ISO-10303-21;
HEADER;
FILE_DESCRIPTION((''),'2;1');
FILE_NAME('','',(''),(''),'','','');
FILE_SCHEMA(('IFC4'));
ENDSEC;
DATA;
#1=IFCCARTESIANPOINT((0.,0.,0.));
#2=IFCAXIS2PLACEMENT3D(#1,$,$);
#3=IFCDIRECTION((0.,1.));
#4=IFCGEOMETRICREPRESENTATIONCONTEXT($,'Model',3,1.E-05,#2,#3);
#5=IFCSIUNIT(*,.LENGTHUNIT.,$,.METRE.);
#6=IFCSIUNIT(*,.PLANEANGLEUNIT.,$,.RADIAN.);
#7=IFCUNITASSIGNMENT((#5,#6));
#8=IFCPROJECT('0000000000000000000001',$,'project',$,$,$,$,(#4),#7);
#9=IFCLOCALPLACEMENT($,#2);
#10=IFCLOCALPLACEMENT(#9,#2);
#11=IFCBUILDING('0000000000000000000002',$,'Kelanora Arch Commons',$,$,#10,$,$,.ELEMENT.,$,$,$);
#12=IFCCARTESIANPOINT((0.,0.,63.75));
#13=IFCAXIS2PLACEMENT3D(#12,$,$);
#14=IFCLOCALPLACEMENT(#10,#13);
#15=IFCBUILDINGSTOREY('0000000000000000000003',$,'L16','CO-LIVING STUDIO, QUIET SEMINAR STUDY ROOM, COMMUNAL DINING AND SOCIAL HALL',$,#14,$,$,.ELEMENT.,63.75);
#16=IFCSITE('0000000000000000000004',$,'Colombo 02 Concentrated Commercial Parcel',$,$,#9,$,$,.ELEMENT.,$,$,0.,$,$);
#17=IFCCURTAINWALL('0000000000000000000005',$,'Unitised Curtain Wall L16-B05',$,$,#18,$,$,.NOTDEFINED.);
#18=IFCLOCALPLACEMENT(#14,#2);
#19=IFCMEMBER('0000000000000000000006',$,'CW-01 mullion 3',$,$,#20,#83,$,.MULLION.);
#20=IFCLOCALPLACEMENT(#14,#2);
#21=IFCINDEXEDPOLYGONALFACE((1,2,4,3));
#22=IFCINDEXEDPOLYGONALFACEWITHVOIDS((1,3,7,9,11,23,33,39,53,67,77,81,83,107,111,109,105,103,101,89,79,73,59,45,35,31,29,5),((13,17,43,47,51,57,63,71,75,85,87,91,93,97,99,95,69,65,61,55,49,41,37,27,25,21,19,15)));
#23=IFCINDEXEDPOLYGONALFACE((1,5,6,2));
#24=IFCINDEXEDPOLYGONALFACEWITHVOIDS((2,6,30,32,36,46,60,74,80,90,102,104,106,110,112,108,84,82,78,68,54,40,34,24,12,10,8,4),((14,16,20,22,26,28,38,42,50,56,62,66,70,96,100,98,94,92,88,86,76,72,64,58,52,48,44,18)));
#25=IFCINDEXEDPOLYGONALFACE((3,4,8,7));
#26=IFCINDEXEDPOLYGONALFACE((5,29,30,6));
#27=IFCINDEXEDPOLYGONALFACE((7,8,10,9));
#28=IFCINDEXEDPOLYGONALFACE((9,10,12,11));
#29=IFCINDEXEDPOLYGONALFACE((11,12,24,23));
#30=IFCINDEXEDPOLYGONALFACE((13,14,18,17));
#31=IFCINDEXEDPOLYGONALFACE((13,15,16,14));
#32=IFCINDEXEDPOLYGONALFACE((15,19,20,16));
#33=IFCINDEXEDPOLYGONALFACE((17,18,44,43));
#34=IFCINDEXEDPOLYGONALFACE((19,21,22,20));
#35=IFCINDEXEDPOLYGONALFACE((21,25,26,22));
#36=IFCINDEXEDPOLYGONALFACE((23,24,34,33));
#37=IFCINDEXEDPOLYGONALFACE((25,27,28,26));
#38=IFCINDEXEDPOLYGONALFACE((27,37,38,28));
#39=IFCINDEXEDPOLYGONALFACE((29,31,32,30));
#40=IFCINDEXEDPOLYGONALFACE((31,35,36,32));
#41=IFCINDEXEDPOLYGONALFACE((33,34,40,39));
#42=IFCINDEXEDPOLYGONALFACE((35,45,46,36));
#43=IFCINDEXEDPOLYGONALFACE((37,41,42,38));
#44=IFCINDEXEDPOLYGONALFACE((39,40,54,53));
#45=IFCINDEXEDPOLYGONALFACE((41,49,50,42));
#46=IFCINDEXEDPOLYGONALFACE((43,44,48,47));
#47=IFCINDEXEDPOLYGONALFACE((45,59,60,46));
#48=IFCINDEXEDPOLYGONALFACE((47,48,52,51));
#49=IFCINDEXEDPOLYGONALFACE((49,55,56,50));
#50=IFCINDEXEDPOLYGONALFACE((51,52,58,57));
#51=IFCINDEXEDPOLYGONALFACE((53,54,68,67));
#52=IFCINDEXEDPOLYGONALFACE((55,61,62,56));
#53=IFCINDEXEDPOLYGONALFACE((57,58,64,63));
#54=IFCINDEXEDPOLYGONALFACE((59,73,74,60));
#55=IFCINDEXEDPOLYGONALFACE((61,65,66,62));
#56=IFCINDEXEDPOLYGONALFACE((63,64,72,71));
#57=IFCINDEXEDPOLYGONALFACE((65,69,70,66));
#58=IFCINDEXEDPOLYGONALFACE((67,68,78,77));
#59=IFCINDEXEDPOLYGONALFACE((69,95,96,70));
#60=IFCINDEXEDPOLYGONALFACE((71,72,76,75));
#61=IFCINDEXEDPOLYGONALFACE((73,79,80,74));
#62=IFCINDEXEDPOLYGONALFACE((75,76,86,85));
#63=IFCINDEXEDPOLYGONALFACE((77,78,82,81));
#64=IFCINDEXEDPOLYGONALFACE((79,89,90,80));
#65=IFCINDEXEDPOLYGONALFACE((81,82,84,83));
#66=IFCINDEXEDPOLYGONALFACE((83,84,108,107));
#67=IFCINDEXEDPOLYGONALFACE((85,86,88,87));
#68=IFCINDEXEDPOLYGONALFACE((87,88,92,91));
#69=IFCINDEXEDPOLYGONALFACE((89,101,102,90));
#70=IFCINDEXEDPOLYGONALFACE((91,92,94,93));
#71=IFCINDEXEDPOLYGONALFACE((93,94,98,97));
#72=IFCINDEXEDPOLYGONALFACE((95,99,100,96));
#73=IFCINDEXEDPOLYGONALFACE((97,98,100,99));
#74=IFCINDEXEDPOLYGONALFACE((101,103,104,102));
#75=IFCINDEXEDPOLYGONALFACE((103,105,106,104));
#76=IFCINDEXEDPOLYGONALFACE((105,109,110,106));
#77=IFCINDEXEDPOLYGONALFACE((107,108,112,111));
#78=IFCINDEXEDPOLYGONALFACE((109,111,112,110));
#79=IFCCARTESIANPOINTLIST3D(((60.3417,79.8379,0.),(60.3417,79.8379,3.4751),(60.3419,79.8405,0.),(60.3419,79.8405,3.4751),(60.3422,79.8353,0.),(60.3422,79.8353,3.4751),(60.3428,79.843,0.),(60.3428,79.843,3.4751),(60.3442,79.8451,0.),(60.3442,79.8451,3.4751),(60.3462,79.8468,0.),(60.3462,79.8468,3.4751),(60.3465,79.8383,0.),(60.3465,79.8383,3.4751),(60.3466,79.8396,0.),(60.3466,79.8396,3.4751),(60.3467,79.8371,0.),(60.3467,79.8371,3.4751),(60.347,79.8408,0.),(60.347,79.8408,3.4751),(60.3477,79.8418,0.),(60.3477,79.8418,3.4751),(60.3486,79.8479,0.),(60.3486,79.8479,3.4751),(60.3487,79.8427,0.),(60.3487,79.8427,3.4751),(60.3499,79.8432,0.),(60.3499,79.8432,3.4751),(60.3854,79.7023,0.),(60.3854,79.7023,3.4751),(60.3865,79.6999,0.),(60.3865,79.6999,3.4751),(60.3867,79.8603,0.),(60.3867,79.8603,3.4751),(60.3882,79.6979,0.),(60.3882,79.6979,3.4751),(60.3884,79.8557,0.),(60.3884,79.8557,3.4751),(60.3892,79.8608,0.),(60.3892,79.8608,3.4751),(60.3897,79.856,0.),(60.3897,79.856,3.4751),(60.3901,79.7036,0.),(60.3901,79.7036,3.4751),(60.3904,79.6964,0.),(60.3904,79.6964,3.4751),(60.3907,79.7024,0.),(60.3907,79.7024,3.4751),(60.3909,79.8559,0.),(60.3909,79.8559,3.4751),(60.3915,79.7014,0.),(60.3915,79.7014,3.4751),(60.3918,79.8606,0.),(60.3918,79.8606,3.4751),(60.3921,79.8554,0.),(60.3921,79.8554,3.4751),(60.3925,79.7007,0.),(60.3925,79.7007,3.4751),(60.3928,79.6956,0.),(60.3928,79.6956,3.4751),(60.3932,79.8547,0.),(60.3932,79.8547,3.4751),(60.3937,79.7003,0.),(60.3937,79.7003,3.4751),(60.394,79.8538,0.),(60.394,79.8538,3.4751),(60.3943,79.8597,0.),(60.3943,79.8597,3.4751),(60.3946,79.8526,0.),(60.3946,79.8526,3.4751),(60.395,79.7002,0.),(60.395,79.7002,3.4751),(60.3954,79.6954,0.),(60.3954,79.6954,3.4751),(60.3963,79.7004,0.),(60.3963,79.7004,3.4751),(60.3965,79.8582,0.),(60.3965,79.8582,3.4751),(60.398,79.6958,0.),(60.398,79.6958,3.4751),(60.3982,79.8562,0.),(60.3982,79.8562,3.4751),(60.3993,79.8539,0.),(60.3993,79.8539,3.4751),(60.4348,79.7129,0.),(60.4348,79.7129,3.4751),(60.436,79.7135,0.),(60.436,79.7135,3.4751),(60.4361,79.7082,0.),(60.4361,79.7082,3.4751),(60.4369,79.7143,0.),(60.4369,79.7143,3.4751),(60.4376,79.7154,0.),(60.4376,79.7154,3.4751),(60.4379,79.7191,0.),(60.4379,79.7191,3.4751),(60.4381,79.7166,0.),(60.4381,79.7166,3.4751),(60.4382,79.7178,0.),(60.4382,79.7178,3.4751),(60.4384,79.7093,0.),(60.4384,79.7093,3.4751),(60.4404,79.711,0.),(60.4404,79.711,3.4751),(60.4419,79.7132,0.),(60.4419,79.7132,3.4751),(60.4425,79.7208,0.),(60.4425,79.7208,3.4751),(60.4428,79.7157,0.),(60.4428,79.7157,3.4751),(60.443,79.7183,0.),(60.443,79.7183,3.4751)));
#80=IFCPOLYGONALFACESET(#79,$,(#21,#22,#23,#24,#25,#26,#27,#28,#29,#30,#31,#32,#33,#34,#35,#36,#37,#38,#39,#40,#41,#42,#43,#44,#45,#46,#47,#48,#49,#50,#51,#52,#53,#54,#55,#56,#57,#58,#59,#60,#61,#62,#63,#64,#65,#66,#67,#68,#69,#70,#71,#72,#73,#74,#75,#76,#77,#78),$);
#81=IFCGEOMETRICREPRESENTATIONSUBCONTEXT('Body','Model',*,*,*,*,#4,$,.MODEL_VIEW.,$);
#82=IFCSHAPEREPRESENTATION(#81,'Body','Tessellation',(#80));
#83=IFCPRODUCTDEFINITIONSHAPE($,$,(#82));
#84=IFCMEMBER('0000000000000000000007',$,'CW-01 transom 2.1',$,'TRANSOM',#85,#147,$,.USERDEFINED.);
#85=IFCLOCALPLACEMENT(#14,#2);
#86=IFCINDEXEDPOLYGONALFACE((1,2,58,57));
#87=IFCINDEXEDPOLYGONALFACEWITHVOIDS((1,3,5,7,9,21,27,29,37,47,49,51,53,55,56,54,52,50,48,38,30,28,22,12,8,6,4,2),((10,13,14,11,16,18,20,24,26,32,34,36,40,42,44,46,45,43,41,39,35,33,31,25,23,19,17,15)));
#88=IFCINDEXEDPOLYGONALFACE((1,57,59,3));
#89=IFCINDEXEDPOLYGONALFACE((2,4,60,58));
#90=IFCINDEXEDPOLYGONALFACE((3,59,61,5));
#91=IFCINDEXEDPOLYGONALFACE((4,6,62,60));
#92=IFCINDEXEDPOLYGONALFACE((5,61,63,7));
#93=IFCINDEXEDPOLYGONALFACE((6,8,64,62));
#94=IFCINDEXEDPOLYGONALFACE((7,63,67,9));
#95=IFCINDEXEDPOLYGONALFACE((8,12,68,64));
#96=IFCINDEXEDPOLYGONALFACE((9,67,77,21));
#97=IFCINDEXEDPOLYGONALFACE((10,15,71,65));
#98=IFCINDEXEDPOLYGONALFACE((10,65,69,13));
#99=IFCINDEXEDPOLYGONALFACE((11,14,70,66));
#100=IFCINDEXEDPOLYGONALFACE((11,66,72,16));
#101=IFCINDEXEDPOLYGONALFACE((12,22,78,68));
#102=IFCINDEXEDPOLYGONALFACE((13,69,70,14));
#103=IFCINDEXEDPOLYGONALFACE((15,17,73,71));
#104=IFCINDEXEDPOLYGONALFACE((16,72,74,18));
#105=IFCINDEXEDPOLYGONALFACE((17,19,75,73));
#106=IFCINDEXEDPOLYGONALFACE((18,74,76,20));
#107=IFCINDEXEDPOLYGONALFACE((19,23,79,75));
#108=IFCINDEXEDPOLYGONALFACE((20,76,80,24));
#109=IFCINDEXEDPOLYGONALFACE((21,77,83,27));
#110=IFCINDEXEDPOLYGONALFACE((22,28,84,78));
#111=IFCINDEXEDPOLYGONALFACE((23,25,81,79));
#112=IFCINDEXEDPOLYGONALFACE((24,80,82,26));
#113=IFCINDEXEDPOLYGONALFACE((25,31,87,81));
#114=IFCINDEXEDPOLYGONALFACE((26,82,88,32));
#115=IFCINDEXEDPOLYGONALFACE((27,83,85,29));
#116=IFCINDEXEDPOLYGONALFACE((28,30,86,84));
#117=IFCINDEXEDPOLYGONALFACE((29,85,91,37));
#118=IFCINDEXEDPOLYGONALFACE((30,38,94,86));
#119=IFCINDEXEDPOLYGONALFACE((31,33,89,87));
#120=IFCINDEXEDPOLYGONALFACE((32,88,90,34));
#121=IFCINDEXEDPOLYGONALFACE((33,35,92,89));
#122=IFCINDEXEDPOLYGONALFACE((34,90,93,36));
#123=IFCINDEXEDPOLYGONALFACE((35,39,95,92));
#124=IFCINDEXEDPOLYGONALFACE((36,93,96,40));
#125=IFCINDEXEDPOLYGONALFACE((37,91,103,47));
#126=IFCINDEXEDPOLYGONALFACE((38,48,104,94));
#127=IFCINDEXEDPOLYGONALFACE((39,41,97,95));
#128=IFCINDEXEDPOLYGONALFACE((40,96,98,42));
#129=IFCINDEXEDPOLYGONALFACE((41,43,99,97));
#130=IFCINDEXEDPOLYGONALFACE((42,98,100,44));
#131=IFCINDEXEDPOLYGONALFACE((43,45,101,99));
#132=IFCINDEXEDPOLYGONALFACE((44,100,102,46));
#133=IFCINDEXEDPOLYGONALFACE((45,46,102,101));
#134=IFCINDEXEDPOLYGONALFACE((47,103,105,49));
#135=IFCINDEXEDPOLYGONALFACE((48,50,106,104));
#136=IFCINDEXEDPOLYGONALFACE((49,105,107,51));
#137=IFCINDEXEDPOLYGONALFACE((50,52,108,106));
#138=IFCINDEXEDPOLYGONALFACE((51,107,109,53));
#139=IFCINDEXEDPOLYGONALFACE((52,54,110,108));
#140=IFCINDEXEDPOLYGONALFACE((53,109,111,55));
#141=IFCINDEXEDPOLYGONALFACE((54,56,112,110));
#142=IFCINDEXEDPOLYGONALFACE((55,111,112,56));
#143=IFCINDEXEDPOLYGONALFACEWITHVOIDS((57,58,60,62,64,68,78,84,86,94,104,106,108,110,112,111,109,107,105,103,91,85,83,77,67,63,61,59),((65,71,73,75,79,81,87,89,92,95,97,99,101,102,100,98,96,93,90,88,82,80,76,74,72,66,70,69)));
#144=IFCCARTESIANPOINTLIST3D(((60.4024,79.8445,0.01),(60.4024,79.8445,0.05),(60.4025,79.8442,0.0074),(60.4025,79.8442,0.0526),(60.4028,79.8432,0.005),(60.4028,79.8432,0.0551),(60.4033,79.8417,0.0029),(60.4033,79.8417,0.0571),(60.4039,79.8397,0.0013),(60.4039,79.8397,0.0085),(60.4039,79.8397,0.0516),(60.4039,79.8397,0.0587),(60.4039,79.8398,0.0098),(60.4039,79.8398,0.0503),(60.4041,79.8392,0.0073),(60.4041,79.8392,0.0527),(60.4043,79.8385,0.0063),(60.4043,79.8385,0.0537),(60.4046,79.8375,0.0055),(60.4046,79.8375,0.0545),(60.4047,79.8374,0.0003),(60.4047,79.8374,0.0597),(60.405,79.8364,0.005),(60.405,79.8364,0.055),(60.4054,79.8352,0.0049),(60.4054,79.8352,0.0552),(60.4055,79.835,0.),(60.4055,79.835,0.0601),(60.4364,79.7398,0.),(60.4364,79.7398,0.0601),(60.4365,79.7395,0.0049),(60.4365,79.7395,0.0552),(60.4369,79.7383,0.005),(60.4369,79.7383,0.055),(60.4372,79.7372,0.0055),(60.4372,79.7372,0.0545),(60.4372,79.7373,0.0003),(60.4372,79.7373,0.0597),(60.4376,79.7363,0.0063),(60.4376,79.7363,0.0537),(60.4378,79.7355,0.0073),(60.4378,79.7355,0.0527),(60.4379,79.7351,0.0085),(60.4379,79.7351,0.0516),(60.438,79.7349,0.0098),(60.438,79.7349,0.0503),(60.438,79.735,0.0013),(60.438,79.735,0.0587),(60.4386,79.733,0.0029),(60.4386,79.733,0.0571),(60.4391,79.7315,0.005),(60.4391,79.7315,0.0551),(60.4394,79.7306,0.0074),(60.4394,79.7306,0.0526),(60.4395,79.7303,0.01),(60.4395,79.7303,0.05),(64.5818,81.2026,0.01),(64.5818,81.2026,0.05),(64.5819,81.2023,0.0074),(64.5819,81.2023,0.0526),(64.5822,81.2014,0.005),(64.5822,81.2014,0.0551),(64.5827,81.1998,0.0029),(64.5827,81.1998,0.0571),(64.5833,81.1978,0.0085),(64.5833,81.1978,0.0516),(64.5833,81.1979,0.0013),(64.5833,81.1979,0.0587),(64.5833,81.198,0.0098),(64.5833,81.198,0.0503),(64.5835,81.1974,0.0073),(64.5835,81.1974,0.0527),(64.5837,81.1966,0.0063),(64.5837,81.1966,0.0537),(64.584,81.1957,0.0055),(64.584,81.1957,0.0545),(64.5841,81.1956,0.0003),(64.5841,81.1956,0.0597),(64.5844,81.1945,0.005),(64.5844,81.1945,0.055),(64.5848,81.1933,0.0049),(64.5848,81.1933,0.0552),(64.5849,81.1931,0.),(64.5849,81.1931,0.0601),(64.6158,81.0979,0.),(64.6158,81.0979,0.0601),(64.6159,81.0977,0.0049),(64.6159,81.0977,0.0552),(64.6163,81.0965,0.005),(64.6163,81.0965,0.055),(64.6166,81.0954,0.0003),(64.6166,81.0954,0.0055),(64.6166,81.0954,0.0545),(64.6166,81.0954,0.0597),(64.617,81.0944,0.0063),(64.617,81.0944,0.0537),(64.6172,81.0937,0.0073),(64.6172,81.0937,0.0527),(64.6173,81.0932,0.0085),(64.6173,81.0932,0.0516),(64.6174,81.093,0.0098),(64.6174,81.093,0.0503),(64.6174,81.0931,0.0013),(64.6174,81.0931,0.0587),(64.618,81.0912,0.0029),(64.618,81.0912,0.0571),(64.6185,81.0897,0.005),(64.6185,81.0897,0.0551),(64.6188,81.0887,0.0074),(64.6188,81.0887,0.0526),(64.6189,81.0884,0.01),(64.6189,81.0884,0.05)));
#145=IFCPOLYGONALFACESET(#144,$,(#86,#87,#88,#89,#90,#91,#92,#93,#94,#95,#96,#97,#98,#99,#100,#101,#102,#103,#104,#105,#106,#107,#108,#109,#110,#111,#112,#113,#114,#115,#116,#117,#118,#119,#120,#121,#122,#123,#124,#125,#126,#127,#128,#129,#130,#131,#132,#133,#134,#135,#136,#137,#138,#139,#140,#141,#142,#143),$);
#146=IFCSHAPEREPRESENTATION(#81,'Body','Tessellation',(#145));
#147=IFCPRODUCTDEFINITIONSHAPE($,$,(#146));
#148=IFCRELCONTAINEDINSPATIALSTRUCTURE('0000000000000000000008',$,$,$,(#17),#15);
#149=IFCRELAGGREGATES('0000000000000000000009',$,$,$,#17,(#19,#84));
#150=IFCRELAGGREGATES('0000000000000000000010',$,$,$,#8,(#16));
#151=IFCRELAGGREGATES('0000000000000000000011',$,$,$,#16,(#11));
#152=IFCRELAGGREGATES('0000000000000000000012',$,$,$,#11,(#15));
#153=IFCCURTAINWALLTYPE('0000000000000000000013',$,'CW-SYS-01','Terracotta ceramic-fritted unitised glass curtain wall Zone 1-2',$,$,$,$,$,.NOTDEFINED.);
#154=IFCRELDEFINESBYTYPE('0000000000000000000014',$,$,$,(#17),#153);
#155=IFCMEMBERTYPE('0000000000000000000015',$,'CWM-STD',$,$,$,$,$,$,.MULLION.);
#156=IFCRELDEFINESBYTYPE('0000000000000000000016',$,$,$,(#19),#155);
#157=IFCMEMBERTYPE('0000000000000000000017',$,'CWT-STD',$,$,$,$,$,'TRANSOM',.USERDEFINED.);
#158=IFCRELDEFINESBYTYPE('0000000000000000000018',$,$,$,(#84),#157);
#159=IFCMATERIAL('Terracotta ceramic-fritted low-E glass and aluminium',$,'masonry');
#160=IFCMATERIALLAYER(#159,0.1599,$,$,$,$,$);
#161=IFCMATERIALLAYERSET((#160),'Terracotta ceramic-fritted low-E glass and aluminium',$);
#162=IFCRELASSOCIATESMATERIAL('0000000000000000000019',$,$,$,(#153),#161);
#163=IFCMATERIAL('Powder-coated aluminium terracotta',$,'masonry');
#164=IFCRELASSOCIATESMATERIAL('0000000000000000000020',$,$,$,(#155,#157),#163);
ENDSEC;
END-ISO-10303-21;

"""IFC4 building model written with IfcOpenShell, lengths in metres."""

from ifc_helpers import new_model, si_unit, direction, frame, origin, origin_2d, place, context, subcontext, project, spatial, hollow_rectangle, extrude, material, layer, layer_set, material_profile, profile_set, type_object, element, aggregate, save


model = new_model("IFC4")

# Units and contexts
model_context = context("Model", 3, precision=1e-05, world=origin(), true_north=direction((0.0, 1.0)))
body_context = subcontext(model_context, "Body", "Model", "MODEL_VIEW")
ifc_project = project(units=[si_unit("LENGTHUNIT", "METRE"), si_unit("PLANEANGLEUNIT", "RADIAN")], contexts=[model_context])

# Site, building, storey
site_placement = place(None, origin())
site = spatial("IfcSite", under=ifc_project, at=site_placement, Name="Colombo 02 Concentrated Commercial Parcel", CompositionType="ELEMENT", RefElevation=0.0)
building_placement = place(site_placement, origin())
building = spatial("IfcBuilding", under=site, at=building_placement, Name="Kelanora Arch Commons", CompositionType="ELEMENT")
storey_placement = place(building_placement, frame((0.0, 0.0, 63.75)))
storey = spatial("IfcBuildingStorey", under=building, at=storey_placement, Name="L16", Description="CO-LIVING STUDIO, QUIET SEMINAR STUDY ROOM, COMMUNAL DINING AND SOCIAL HALL", CompositionType="ELEMENT", Elevation=63.75)

# Curtain wall, members
ifc_material_1 = material(Name="Terracotta ceramic-fritted low-E glass and aluminium", Category="masonry")
ifc_layer_1 = layer(ifc_material_1, 0.1599)
ifc_layer_set_1 = layer_set([ifc_layer_1], Name="Terracotta ceramic-fritted low-E glass and aluminium")
curtain_wall_type = type_object("IfcCurtainWallType", Name="CW-SYS-01", Description="Terracotta ceramic-fritted unitised glass curtain wall Zone 1-2", PredefinedType="NOTDEFINED", material=ifc_layer_set_1)
curtain_wall_placement = place(storey_placement, origin())
curtain_wall = element("IfcCurtainWall", 1, at=curtain_wall_placement, inside=storey, type_object=curtain_wall_type, Name="Unitised Curtain Wall L16-B05", PredefinedType="NOTDEFINED")
ifc_material_2 = material(Name="Powder-coated aluminium terracotta", Category="masonry")
ifc_material_profile_1 = material_profile(ifc_material_2, hollow_rectangle(XDim=0.1599, YDim=0.0601, WallThickness=0.0049, InnerFilletRadius=0.0049, OuterFilletRadius=0.01, at=origin_2d()), Name="CWM160x60")
ifc_profile_set_1 = profile_set([ifc_material_profile_1], Name="Powder-coated aluminium terracotta")
member_type_1 = type_object("IfcMemberType", Name="CWM-STD", PredefinedType="MULLION", material=ifc_profile_set_1)
member_1_placement = place(storey_placement, frame((60.3923, 79.7781, 0.0), z_axis=(0.0, 0.0, 1.0), x_axis=(0.309058, -0.951043, 0.0)))
member_1 = element("IfcMember", 2, at=member_1_placement, type_object=member_type_1, Name="CW-01 mullion 3", PredefinedType="MULLION", context=body_context, shape_type="SweptSolid", body=[
    extrude(hollow_rectangle(XDim=0.1599, YDim=0.0601, WallThickness=0.0049, InnerFilletRadius=0.0049, OuterFilletRadius=0.01, at=origin_2d()), origin(), (0.0, 0.0, 1.0), 3.4751),
])
ifc_material_profile_2 = material_profile(ifc_material_2, hollow_rectangle(XDim=0.1201, YDim=0.0601, WallThickness=0.0049, InnerFilletRadius=0.0049, OuterFilletRadius=0.01, at=origin_2d()), Name="CWT120x60")
ifc_profile_set_2 = profile_set([ifc_material_profile_2], Name="Powder-coated aluminium terracotta")
member_type_2 = type_object("IfcMemberType", Name="CWT-STD", ElementType="TRANSOM", PredefinedType="USERDEFINED", material=ifc_profile_set_2)
member_2_placement = place(storey_placement, frame((64.6003, 81.1455, 0.03), z_axis=(-0.951045, -0.309052, 0.0), x_axis=(0.309052, -0.951045, 0.0)))
member_2 = element("IfcMember", 3, at=member_2_placement, type_object=member_type_2, Name="CW-01 transom 2.1", ObjectType="TRANSOM", PredefinedType="USERDEFINED", context=body_context, shape_type="SweptSolid", body=[
    extrude(hollow_rectangle(XDim=0.1201, YDim=0.0601, WallThickness=0.0049, InnerFilletRadius=0.0049, OuterFilletRadius=0.01, at=origin_2d()), origin(), (0.0, 0.0, 1.0), 4.3945),
])
aggregate(curtain_wall, [member_1, member_2])

save(model, "model.ifc")
